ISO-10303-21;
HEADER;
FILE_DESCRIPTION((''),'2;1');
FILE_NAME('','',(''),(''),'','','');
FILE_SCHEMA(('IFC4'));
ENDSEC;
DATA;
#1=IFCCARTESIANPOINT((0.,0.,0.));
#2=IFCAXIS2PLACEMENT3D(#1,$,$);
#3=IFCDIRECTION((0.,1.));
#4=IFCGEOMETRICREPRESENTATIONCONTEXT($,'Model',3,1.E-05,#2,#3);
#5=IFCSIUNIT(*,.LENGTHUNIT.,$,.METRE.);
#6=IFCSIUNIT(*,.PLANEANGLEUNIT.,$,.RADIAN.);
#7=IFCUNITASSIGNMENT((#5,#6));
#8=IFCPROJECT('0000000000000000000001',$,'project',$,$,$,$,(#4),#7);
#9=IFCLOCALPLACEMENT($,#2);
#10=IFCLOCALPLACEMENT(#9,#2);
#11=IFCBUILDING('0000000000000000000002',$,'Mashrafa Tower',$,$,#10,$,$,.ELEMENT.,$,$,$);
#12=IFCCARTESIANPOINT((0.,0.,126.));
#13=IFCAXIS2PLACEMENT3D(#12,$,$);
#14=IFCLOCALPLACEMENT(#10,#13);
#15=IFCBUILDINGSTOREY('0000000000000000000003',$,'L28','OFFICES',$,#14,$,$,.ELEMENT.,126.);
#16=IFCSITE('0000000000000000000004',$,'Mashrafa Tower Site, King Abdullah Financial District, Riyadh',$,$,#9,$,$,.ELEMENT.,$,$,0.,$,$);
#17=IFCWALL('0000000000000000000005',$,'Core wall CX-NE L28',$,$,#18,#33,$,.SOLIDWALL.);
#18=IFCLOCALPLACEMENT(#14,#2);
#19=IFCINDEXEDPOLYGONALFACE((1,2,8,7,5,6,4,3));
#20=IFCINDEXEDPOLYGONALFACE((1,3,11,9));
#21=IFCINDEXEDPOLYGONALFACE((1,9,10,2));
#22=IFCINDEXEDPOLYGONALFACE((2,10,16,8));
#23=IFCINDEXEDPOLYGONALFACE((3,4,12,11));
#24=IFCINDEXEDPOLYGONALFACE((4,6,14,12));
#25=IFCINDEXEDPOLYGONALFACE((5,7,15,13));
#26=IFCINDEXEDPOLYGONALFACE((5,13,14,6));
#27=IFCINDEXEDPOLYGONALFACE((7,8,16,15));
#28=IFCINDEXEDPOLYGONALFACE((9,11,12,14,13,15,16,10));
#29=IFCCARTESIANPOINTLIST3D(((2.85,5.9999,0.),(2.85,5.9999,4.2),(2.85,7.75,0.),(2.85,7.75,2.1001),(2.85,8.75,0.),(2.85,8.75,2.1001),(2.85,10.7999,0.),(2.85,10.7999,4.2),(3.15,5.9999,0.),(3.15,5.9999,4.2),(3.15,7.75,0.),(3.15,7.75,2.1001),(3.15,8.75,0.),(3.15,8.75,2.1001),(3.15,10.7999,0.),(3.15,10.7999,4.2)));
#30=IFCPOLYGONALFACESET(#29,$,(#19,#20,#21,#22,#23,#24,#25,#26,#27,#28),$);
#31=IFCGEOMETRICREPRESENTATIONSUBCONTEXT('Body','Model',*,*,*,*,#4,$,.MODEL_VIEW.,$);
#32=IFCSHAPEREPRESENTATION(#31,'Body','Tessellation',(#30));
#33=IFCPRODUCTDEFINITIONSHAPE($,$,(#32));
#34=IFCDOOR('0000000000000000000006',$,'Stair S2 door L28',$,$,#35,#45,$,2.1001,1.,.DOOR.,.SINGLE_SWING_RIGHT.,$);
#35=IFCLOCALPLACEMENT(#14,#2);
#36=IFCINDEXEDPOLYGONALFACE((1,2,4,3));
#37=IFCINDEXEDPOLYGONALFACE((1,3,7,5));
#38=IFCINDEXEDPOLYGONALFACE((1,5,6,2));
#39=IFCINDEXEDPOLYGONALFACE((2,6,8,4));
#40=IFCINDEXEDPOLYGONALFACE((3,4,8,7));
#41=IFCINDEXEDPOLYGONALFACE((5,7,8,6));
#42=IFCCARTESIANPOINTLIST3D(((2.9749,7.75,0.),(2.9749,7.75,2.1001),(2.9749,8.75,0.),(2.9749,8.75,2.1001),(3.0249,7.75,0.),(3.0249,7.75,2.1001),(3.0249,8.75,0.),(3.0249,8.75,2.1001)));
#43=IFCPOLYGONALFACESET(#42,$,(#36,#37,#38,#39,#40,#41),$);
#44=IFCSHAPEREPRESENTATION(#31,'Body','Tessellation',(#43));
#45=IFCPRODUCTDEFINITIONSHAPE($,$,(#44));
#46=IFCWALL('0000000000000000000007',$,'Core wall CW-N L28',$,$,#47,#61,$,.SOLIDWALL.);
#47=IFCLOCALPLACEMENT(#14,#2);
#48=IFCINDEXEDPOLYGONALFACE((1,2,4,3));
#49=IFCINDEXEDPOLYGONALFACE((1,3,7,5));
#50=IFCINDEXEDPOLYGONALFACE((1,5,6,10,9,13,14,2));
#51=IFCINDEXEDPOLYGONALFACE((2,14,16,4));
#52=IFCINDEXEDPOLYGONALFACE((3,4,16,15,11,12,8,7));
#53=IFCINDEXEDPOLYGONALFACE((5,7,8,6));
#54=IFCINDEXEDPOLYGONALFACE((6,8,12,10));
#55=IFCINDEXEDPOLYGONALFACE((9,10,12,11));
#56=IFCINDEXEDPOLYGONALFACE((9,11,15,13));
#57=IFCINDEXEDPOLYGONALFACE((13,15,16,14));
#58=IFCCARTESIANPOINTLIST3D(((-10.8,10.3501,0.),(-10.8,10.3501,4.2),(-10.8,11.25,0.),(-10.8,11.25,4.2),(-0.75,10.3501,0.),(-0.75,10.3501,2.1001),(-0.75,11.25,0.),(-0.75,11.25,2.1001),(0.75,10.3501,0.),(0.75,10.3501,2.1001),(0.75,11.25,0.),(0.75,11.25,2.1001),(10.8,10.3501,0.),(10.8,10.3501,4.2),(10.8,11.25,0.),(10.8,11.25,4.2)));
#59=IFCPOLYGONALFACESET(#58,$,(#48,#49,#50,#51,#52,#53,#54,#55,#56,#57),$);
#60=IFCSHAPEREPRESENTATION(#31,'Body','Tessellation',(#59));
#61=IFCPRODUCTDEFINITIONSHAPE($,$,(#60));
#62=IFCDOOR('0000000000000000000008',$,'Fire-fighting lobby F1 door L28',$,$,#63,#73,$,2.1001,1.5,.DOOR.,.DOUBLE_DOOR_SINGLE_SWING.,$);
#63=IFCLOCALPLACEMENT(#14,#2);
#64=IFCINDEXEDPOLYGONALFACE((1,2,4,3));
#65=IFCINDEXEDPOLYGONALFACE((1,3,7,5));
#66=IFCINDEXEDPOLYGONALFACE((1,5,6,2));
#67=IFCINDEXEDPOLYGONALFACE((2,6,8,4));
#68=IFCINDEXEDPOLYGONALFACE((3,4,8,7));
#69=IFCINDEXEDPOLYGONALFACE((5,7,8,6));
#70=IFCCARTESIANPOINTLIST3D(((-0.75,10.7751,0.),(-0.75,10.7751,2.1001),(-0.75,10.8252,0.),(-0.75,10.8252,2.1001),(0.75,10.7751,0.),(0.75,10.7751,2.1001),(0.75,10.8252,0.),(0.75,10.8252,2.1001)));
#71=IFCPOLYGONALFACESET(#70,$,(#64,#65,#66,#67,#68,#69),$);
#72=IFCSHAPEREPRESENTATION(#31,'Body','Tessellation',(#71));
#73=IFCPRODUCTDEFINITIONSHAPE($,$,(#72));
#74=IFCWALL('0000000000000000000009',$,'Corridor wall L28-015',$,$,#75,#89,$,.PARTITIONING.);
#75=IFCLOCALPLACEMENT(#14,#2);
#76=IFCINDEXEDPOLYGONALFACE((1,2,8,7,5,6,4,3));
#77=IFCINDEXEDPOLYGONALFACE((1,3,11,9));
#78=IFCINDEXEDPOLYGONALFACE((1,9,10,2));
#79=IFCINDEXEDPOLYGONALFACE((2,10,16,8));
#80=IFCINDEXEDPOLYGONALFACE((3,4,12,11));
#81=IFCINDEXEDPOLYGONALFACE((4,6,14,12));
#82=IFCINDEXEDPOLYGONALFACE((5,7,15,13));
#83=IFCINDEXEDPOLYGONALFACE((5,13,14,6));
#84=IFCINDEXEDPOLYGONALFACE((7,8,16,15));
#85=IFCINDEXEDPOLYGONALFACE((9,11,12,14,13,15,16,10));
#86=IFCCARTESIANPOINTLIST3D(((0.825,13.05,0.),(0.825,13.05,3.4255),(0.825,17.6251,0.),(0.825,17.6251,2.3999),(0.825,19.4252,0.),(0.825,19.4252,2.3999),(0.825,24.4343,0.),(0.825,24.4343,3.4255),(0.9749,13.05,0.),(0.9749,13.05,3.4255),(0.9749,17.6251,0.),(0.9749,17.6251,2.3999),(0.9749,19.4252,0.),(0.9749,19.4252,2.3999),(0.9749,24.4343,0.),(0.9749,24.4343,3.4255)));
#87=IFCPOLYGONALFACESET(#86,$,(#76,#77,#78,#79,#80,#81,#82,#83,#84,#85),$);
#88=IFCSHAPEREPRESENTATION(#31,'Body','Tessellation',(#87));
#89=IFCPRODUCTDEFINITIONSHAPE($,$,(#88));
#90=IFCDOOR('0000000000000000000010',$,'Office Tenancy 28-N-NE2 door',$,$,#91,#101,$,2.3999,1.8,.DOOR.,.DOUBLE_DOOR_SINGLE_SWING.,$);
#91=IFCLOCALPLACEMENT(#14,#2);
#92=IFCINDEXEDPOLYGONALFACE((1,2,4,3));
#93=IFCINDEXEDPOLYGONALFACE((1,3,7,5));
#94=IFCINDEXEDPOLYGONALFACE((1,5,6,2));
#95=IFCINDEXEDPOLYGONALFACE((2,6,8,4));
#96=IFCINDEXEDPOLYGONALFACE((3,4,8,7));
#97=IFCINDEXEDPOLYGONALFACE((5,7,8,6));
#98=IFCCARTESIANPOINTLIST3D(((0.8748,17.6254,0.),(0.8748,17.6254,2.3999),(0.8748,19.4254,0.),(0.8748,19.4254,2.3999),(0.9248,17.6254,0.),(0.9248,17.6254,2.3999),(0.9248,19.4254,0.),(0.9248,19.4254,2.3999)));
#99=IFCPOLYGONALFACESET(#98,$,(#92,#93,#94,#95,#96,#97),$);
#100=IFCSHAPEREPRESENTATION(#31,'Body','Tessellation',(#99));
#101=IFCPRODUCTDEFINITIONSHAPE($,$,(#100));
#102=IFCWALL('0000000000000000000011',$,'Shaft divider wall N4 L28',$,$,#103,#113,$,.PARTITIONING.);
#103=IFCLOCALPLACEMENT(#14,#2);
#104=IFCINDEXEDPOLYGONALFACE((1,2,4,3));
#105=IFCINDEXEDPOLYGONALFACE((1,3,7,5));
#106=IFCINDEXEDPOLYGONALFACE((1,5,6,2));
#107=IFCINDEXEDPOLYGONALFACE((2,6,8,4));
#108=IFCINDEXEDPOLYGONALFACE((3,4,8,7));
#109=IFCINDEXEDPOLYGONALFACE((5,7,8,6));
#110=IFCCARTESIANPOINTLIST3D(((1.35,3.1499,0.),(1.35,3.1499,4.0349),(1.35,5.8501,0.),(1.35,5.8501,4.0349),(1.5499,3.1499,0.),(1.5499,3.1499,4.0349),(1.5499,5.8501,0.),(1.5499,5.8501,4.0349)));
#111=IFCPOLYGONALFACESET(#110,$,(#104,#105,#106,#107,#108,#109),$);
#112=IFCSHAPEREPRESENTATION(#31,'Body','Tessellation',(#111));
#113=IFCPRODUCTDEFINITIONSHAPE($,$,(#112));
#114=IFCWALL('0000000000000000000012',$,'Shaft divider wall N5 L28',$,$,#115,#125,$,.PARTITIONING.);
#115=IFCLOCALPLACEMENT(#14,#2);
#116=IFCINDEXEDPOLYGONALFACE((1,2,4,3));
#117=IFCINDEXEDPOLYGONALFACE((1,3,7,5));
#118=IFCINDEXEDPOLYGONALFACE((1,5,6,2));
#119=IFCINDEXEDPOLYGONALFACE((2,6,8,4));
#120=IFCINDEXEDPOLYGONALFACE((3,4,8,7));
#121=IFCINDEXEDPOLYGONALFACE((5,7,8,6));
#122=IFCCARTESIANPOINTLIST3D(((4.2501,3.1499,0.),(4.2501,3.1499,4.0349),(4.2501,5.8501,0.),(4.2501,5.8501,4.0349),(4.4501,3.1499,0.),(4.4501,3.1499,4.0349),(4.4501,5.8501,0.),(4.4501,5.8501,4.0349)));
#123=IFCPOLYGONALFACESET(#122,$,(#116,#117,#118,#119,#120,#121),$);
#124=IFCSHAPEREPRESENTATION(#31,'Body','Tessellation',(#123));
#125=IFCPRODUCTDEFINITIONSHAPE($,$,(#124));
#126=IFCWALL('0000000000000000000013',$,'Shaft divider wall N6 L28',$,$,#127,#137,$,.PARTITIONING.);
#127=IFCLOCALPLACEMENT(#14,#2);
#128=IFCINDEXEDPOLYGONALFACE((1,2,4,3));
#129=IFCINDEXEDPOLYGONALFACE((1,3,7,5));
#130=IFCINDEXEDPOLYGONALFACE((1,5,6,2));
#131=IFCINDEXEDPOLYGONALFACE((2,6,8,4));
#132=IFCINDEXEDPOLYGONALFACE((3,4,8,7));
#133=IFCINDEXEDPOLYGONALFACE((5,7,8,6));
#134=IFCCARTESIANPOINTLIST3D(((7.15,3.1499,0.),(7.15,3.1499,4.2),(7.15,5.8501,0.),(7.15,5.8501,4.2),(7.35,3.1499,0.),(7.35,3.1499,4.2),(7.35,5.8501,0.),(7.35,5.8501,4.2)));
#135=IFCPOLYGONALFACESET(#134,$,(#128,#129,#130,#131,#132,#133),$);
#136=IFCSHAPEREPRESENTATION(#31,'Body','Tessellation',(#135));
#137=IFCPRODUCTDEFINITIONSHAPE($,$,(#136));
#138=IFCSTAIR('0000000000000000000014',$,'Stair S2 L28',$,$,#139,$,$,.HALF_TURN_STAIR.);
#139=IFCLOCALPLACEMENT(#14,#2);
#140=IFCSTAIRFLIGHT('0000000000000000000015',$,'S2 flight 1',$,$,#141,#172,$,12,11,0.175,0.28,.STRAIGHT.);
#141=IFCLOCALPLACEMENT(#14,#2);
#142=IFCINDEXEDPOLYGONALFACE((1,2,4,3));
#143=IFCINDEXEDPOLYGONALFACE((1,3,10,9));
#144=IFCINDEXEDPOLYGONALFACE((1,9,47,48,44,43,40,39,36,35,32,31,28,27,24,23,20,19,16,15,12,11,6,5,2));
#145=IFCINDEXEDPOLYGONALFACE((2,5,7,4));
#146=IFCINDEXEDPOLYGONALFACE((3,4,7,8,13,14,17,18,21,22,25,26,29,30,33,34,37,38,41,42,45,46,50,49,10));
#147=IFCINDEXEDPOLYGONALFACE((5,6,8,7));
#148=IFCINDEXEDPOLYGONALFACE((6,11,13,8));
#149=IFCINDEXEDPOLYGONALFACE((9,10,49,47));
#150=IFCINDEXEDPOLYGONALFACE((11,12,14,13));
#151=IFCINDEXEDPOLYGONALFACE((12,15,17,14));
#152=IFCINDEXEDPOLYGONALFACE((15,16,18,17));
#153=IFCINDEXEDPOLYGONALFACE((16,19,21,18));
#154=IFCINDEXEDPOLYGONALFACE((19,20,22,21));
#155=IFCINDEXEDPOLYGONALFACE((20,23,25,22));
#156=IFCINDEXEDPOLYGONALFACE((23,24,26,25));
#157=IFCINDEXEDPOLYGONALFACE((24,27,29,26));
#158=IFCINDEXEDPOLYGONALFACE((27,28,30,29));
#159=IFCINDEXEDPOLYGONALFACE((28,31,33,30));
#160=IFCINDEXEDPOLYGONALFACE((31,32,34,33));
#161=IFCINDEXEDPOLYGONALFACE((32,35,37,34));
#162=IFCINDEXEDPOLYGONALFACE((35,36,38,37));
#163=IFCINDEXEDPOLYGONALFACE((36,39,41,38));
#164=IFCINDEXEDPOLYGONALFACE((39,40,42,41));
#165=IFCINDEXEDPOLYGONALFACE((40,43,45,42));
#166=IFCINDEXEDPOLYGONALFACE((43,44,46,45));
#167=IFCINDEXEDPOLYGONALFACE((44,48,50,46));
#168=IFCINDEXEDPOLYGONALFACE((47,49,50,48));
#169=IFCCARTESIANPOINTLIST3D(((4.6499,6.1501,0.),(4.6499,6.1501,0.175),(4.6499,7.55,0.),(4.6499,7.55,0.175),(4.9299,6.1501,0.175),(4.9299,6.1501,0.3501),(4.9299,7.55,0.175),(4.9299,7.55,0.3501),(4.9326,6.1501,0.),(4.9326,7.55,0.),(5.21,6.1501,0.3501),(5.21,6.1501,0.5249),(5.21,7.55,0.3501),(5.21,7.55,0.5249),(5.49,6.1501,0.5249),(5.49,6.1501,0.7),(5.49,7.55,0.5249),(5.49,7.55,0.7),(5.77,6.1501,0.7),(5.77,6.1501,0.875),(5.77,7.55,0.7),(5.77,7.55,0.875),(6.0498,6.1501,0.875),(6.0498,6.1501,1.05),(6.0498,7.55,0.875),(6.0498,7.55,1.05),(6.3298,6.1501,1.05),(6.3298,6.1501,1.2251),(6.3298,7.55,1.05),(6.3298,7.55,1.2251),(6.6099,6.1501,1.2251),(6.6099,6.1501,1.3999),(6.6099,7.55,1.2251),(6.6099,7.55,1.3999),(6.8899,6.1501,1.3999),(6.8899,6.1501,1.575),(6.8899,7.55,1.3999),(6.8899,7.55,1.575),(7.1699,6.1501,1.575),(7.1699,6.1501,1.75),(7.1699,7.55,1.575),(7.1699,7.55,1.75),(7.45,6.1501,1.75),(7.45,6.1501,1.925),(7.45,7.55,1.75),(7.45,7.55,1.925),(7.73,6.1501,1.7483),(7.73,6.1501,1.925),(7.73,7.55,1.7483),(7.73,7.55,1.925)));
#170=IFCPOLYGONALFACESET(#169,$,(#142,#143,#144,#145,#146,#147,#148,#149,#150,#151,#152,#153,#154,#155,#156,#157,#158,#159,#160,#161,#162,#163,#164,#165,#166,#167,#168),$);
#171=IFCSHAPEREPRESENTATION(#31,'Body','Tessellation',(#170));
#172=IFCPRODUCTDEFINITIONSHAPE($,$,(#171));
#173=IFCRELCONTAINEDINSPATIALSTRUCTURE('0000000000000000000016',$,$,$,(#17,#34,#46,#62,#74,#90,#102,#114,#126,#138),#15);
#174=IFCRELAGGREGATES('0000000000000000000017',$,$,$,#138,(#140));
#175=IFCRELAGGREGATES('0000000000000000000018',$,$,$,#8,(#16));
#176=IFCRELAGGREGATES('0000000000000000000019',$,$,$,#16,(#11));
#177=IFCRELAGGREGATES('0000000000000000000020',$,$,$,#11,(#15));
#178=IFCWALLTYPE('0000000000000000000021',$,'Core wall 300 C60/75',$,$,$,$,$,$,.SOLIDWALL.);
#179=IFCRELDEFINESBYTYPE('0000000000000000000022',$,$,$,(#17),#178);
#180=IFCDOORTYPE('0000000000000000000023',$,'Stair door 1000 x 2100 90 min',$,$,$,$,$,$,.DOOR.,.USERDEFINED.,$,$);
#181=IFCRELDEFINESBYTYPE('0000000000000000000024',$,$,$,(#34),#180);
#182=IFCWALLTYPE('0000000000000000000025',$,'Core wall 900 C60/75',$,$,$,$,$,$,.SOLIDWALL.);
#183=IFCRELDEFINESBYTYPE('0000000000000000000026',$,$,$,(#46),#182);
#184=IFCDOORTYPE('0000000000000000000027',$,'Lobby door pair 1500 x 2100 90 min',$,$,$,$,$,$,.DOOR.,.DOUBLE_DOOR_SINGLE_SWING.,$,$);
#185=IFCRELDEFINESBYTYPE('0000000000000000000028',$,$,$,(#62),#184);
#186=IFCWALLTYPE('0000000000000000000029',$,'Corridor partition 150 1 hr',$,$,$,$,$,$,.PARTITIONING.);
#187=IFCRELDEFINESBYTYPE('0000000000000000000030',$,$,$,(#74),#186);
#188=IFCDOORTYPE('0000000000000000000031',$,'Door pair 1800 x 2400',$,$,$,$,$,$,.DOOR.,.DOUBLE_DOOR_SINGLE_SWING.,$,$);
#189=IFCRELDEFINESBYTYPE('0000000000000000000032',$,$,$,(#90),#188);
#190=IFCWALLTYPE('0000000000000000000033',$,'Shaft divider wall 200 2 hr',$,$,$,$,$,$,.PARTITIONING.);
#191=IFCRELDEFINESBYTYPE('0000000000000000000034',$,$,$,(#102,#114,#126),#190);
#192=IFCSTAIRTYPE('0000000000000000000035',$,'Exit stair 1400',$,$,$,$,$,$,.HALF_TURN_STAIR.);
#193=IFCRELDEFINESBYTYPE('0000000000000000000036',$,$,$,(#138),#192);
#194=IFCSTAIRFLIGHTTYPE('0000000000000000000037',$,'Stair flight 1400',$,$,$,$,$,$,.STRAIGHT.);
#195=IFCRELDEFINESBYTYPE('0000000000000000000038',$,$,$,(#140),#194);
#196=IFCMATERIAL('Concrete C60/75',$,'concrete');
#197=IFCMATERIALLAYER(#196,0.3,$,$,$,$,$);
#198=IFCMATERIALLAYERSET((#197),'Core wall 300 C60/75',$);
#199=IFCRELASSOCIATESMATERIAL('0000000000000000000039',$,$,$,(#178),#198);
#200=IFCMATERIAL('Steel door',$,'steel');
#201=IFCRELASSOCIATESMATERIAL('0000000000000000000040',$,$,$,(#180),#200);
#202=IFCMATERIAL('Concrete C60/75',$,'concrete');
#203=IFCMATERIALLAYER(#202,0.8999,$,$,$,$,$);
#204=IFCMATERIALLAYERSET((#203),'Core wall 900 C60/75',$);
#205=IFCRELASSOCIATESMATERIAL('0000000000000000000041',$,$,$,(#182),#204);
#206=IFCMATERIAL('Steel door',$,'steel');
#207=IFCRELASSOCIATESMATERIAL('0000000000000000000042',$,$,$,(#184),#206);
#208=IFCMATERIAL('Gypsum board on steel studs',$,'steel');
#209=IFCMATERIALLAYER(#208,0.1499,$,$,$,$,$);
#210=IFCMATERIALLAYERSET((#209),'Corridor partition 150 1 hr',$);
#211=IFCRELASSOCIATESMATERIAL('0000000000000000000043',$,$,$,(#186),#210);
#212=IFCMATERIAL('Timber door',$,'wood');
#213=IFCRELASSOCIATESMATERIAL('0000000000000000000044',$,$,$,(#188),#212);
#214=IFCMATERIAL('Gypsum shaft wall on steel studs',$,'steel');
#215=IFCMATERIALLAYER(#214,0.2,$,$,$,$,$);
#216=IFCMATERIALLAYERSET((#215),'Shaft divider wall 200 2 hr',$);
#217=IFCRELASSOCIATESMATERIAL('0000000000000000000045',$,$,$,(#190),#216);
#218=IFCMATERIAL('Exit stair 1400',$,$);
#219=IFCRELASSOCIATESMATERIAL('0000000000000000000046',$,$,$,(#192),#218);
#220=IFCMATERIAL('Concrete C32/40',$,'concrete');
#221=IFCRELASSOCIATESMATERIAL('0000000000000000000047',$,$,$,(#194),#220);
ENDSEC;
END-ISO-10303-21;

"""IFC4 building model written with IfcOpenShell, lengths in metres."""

from ifc_helpers import new_model, si_unit, direction, frame, frame_2d, origin, place, context, subcontext, project, spatial, polyline, rectangle, outline, extrude, material, layer, layer_set, type_object, element, fill, aggregate, save


model = new_model("IFC4")

# Units and contexts
model_context = context("Model", 3, precision=1e-05, world=origin(), true_north=direction((0.0, 1.0)))
body_context = subcontext(model_context, "Body", "Model", "MODEL_VIEW")
ifc_project = project(units=[si_unit("LENGTHUNIT", "METRE"), si_unit("PLANEANGLEUNIT", "RADIAN")], contexts=[model_context])

# Site, building, storey
site_placement = place(None, origin())
site = spatial("IfcSite", under=ifc_project, at=site_placement, Name="Mashrafa Tower Site, King Abdullah Financial District, Riyadh", CompositionType="ELEMENT", RefElevation=0.0)
building_placement = place(site_placement, origin())
building = spatial("IfcBuilding", under=site, at=building_placement, Name="Mashrafa Tower", CompositionType="ELEMENT")
storey_placement = place(building_placement, frame((0.0, 0.0, 126.0)))
storey = spatial("IfcBuildingStorey", under=building, at=storey_placement, Name="L28", Description="OFFICES", CompositionType="ELEMENT", Elevation=126.0)

# Walls, openings, doors
ifc_material_1 = material(Name="Concrete C60/75", Category="concrete")
ifc_layer_1 = layer(ifc_material_1, 0.3)
ifc_layer_set_1 = layer_set([ifc_layer_1], Name="Core wall 300 C60/75")
wall_type_1 = type_object("IfcWallType", Name="Core wall 300 C60/75", PredefinedType="SOLIDWALL", material=ifc_layer_set_1)
wall_1_placement = place(storey_placement, frame((3.0, 6.0, 0.0), z_axis=(0.0, 0.0, 1.0), x_axis=(0.0, 1.0, 0.0)))
wall_1 = element("IfcWall", 1, at=wall_1_placement, inside=storey, type_object=wall_type_1, Name="Core wall CX-NE L28", PredefinedType="SOLIDWALL", context=body_context, shape_type="SweptSolid", body=[
    extrude(rectangle(XDim=4.8, YDim=0.3, at=frame_2d((2.3999, 0.0))), origin(), (0.0, 0.0, 1.0), 4.2),
])
opening_1_placement = place(wall_1_placement, frame((1.75, 0.0, 0.0)))
opening_1 = element("IfcOpeningElement", 2, at=opening_1_placement, cuts=wall_1, PredefinedType="OPENING", context=body_context, shape_type="SweptSolid", body=[
    extrude(rectangle(XDim=1.0, YDim=2.1001, at=frame_2d((0.5, 1.05))), frame((0.0, 0.1599, 0.0), z_axis=(0.0, -1.0, 0.0), x_axis=(1.0, 0.0, 0.0)), (0.0, 0.0, 1.0), 0.3201),
])
ifc_material_2 = material(Name="Steel door", Category="steel")
door_type_1 = type_object("IfcDoorType", Name="Stair door 1000 x 2100 90 min", OperationType="USERDEFINED", PredefinedType="DOOR", material=ifc_material_2)
door_1_placement = place(opening_1_placement, frame((1.0, 0.0, 0.0), z_axis=(0.0, 0.0, 1.0), x_axis=(-1.0, 0.0, 0.0)))
door_1 = element("IfcDoor", 3, at=door_1_placement, inside=storey, type_object=door_type_1, Name="Stair S2 door L28", OperationType="SINGLE_SWING_RIGHT", OverallHeight=2.1001, OverallWidth=1.0, PredefinedType="DOOR", context=body_context, shape_type="SweptSolid", body=[
    extrude(rectangle(XDim=1.0, YDim=2.1001, at=frame_2d((0.5, 1.05))), frame((0.0, 0.0249, 0.0), z_axis=(0.0, -1.0, 0.0), x_axis=(1.0, 0.0, 0.0)), (0.0, 0.0, 1.0), 0.05),
])
fill(opening_1, door_1)
ifc_material_3 = material(Name="Concrete C60/75", Category="concrete")
ifc_layer_2 = layer(ifc_material_3, 0.8999)
ifc_layer_set_2 = layer_set([ifc_layer_2], Name="Core wall 900 C60/75")
wall_type_2 = type_object("IfcWallType", Name="Core wall 900 C60/75", PredefinedType="SOLIDWALL", material=ifc_layer_set_2)
wall_2_placement = place(storey_placement, frame((10.8, 10.8, 0.0), z_axis=(0.0, 0.0, 1.0), x_axis=(-1.0, 0.0, 0.0)))
wall_2 = element("IfcWall", 4, at=wall_2_placement, inside=storey, type_object=wall_type_2, Name="Core wall CW-N L28", PredefinedType="SOLIDWALL", context=body_context, shape_type="SweptSolid", body=[
    extrude(rectangle(XDim=21.6001, YDim=0.8999, at=frame_2d((10.8, 0.0))), origin(), (0.0, 0.0, 1.0), 4.2),
])
opening_2_placement = place(wall_2_placement, frame((10.05, 0.0, 0.0)))
opening_2 = element("IfcOpeningElement", 5, at=opening_2_placement, cuts=wall_2, PredefinedType="OPENING", context=body_context, shape_type="SweptSolid", body=[
    extrude(rectangle(XDim=1.5, YDim=2.1001, at=frame_2d((0.75, 1.05))), frame((0.0, 0.46, 0.0), z_axis=(0.0, -1.0, 0.0), x_axis=(1.0, 0.0, 0.0)), (0.0, 0.0, 1.0), 0.9199),
])
ifc_material_4 = material(Name="Steel door", Category="steel")
door_type_2 = type_object("IfcDoorType", Name="Lobby door pair 1500 x 2100 90 min", OperationType="DOUBLE_DOOR_SINGLE_SWING", PredefinedType="DOOR", material=ifc_material_4)
door_2_placement = place(opening_2_placement, origin())
door_2 = element("IfcDoor", 6, at=door_2_placement, inside=storey, type_object=door_type_2, Name="Fire-fighting lobby F1 door L28", OperationType="DOUBLE_DOOR_SINGLE_SWING", OverallHeight=2.1001, OverallWidth=1.5, PredefinedType="DOOR", context=body_context, shape_type="SweptSolid", body=[
    extrude(rectangle(XDim=1.5, YDim=2.1001, at=frame_2d((0.75, 1.05))), frame((0.0, 0.0249, 0.0), z_axis=(0.0, -1.0, 0.0), x_axis=(1.0, 0.0, 0.0)), (0.0, 0.0, 1.0), 0.05),
])
fill(opening_2, door_2)
ifc_material_5 = material(Name="Gypsum board on steel studs", Category="steel")
ifc_layer_3 = layer(ifc_material_5, 0.1499)
ifc_layer_set_3 = layer_set([ifc_layer_3], Name="Corridor partition 150 1 hr")
wall_type_3 = type_object("IfcWallType", Name="Corridor partition 150 1 hr", PredefinedType="PARTITIONING", material=ifc_layer_set_3)
wall_3_placement = place(storey_placement, frame((0.8999, 13.05, 0.0), z_axis=(0.0, 0.0, 1.0), x_axis=(0.0, 1.0, 0.0)))
wall_3 = element("IfcWall", 7, at=wall_3_placement, inside=storey, type_object=wall_type_3, Name="Corridor wall L28-015", PredefinedType="PARTITIONING", context=body_context, shape_type="SweptSolid", body=[
    extrude(rectangle(XDim=11.3843, YDim=0.1499, at=frame_2d((5.6921, 0.0))), origin(), (0.0, 0.0, 1.0), 3.4255),
])
opening_3_placement = place(wall_3_placement, frame((4.5752, 0.0, 0.0)))
opening_3 = element("IfcOpeningElement", 8, at=opening_3_placement, cuts=wall_3, PredefinedType="OPENING", context=body_context, shape_type="SweptSolid", body=[
    extrude(rectangle(XDim=1.8, YDim=2.3999, at=frame_2d((0.8999, 1.2))), frame((0.0, 0.085, 0.0), z_axis=(0.0, -1.0, 0.0), x_axis=(1.0, 0.0, 0.0)), (0.0, 0.0, 1.0), 0.1699),
])
ifc_material_6 = material(Name="Timber door", Category="wood")
door_type_3 = type_object("IfcDoorType", Name="Door pair 1800 x 2400", OperationType="DOUBLE_DOOR_SINGLE_SWING", PredefinedType="DOOR", material=ifc_material_6)
door_3_placement = place(opening_3_placement, frame((1.8, 0.0, 0.0), z_axis=(0.0, 0.0, 1.0), x_axis=(-1.0, 0.0, 0.0)))
door_3 = element("IfcDoor", 9, at=door_3_placement, inside=storey, type_object=door_type_3, Name="Office Tenancy 28-N-NE2 door", OperationType="DOUBLE_DOOR_SINGLE_SWING", OverallHeight=2.3999, OverallWidth=1.8, PredefinedType="DOOR", context=body_context, shape_type="SweptSolid", body=[
    extrude(rectangle(XDim=1.8, YDim=2.3999, at=frame_2d((0.8999, 1.2))), frame((0.0, 0.0249, 0.0), z_axis=(0.0, -1.0, 0.0), x_axis=(1.0, 0.0, 0.0)), (0.0, 0.0, 1.0), 0.05),
])
fill(opening_3, door_3)

# Walls
ifc_material_7 = material(Name="Gypsum shaft wall on steel studs", Category="steel")
ifc_layer_4 = layer(ifc_material_7, 0.2)
ifc_layer_set_4 = layer_set([ifc_layer_4], Name="Shaft divider wall 200 2 hr")
wall_type_4 = type_object("IfcWallType", Name="Shaft divider wall 200 2 hr", PredefinedType="PARTITIONING", material=ifc_layer_set_4)
for number, where, z_axis, x_axis, name in (
    (10, (1.45, 3.1499, 0.0), (0.0, 0.0, 1.0), (0.0, 1.0, 0.0), "Shaft divider wall N4 L28"),
    (11, (4.3501, 3.1499, 0.0), (0.0, 0.0, 1.0), (0.0, 1.0, 0.0), "Shaft divider wall N5 L28"),
):
    element("IfcWall", number, at=place(storey_placement, frame(where, z_axis=z_axis, x_axis=x_axis)), inside=storey, type_object=wall_type_4, Name=name, PredefinedType="PARTITIONING", context=body_context, shape_type="SweptSolid", body=[
        extrude(rectangle(XDim=2.7002, YDim=0.2, at=frame_2d((1.3501, 0.0))), origin(), (0.0, 0.0, 1.0), 4.0349),
    ])
wall_4_placement = place(storey_placement, frame((7.25, 3.1499, 0.0), z_axis=(0.0, 0.0, 1.0), x_axis=(0.0, 1.0, 0.0)))
element("IfcWall", 12, at=wall_4_placement, inside=storey, type_object=wall_type_4, Name="Shaft divider wall N6 L28", PredefinedType="PARTITIONING", context=body_context, shape_type="SweptSolid", body=[
    extrude(rectangle(XDim=2.7002, YDim=0.2, at=frame_2d((1.3501, 0.0))), origin(), (0.0, 0.0, 1.0), 4.2),
])

# Stair, stair flight
ifc_material_8 = material(Name="Exit stair 1400")
stair_type = type_object("IfcStairType", Name="Exit stair 1400", PredefinedType="HALF_TURN_STAIR", material=ifc_material_8)
stair_placement = place(storey_placement, origin())
stair = element("IfcStair", 13, at=stair_placement, inside=storey, type_object=stair_type, Name="Stair S2 L28", PredefinedType="HALF_TURN_STAIR")
ifc_material_9 = material(Name="Concrete C32/40", Category="concrete")
stair_flight_type = type_object("IfcStairFlightType", Name="Stair flight 1400", PredefinedType="STRAIGHT", material=ifc_material_9)
stair_flight_1_placement = place(storey_placement, frame((4.6499, 6.8501, 0.0), z_axis=(0.0, 0.0, 1.0), x_axis=(1.0, 0.0, 0.0)))
stair_flight_1 = element("IfcStairFlight", 14, at=stair_flight_1_placement, type_object=stair_flight_type, Name="S2 flight 1", NumberOfRisers=12, NumberOfTreads=11, PredefinedType="STRAIGHT", RiserHeight=0.175, TreadLength=0.28, context=body_context, shape_type="SweptSolid", body=[
    extrude(outline(polyline([(0.0, 0.0), (0.0, 0.175), (0.28, 0.175), (0.28, 0.3501), (0.5601, 0.3501), (0.5601, 0.5249), (0.8401, 0.5249), (0.8401, 0.7), (1.1201, 0.7), (1.1201, 0.875), (1.3999, 0.875), (1.3999, 1.05), (1.6799, 1.05), (1.6799, 1.2251), (1.96, 1.2251), (1.96, 1.3999), (2.24, 1.3999), (2.24, 1.575), (2.52, 1.575), (2.52, 1.75), (2.8, 1.75), (2.8, 1.925), (3.0801, 1.925), (3.0801, 2.1001), (3.0801, 1.7483), (0.2827, 0.0), (0.0, 0.0)])), frame((0.0, 0.7, 0.0), z_axis=(0.0, -1.0, 0.0), x_axis=(1.0, 0.0, 0.0)), (0.0, 0.0, 1.0), 1.3999),
])
aggregate(stair, [stair_flight_1])

save(model, "model.ifc")
